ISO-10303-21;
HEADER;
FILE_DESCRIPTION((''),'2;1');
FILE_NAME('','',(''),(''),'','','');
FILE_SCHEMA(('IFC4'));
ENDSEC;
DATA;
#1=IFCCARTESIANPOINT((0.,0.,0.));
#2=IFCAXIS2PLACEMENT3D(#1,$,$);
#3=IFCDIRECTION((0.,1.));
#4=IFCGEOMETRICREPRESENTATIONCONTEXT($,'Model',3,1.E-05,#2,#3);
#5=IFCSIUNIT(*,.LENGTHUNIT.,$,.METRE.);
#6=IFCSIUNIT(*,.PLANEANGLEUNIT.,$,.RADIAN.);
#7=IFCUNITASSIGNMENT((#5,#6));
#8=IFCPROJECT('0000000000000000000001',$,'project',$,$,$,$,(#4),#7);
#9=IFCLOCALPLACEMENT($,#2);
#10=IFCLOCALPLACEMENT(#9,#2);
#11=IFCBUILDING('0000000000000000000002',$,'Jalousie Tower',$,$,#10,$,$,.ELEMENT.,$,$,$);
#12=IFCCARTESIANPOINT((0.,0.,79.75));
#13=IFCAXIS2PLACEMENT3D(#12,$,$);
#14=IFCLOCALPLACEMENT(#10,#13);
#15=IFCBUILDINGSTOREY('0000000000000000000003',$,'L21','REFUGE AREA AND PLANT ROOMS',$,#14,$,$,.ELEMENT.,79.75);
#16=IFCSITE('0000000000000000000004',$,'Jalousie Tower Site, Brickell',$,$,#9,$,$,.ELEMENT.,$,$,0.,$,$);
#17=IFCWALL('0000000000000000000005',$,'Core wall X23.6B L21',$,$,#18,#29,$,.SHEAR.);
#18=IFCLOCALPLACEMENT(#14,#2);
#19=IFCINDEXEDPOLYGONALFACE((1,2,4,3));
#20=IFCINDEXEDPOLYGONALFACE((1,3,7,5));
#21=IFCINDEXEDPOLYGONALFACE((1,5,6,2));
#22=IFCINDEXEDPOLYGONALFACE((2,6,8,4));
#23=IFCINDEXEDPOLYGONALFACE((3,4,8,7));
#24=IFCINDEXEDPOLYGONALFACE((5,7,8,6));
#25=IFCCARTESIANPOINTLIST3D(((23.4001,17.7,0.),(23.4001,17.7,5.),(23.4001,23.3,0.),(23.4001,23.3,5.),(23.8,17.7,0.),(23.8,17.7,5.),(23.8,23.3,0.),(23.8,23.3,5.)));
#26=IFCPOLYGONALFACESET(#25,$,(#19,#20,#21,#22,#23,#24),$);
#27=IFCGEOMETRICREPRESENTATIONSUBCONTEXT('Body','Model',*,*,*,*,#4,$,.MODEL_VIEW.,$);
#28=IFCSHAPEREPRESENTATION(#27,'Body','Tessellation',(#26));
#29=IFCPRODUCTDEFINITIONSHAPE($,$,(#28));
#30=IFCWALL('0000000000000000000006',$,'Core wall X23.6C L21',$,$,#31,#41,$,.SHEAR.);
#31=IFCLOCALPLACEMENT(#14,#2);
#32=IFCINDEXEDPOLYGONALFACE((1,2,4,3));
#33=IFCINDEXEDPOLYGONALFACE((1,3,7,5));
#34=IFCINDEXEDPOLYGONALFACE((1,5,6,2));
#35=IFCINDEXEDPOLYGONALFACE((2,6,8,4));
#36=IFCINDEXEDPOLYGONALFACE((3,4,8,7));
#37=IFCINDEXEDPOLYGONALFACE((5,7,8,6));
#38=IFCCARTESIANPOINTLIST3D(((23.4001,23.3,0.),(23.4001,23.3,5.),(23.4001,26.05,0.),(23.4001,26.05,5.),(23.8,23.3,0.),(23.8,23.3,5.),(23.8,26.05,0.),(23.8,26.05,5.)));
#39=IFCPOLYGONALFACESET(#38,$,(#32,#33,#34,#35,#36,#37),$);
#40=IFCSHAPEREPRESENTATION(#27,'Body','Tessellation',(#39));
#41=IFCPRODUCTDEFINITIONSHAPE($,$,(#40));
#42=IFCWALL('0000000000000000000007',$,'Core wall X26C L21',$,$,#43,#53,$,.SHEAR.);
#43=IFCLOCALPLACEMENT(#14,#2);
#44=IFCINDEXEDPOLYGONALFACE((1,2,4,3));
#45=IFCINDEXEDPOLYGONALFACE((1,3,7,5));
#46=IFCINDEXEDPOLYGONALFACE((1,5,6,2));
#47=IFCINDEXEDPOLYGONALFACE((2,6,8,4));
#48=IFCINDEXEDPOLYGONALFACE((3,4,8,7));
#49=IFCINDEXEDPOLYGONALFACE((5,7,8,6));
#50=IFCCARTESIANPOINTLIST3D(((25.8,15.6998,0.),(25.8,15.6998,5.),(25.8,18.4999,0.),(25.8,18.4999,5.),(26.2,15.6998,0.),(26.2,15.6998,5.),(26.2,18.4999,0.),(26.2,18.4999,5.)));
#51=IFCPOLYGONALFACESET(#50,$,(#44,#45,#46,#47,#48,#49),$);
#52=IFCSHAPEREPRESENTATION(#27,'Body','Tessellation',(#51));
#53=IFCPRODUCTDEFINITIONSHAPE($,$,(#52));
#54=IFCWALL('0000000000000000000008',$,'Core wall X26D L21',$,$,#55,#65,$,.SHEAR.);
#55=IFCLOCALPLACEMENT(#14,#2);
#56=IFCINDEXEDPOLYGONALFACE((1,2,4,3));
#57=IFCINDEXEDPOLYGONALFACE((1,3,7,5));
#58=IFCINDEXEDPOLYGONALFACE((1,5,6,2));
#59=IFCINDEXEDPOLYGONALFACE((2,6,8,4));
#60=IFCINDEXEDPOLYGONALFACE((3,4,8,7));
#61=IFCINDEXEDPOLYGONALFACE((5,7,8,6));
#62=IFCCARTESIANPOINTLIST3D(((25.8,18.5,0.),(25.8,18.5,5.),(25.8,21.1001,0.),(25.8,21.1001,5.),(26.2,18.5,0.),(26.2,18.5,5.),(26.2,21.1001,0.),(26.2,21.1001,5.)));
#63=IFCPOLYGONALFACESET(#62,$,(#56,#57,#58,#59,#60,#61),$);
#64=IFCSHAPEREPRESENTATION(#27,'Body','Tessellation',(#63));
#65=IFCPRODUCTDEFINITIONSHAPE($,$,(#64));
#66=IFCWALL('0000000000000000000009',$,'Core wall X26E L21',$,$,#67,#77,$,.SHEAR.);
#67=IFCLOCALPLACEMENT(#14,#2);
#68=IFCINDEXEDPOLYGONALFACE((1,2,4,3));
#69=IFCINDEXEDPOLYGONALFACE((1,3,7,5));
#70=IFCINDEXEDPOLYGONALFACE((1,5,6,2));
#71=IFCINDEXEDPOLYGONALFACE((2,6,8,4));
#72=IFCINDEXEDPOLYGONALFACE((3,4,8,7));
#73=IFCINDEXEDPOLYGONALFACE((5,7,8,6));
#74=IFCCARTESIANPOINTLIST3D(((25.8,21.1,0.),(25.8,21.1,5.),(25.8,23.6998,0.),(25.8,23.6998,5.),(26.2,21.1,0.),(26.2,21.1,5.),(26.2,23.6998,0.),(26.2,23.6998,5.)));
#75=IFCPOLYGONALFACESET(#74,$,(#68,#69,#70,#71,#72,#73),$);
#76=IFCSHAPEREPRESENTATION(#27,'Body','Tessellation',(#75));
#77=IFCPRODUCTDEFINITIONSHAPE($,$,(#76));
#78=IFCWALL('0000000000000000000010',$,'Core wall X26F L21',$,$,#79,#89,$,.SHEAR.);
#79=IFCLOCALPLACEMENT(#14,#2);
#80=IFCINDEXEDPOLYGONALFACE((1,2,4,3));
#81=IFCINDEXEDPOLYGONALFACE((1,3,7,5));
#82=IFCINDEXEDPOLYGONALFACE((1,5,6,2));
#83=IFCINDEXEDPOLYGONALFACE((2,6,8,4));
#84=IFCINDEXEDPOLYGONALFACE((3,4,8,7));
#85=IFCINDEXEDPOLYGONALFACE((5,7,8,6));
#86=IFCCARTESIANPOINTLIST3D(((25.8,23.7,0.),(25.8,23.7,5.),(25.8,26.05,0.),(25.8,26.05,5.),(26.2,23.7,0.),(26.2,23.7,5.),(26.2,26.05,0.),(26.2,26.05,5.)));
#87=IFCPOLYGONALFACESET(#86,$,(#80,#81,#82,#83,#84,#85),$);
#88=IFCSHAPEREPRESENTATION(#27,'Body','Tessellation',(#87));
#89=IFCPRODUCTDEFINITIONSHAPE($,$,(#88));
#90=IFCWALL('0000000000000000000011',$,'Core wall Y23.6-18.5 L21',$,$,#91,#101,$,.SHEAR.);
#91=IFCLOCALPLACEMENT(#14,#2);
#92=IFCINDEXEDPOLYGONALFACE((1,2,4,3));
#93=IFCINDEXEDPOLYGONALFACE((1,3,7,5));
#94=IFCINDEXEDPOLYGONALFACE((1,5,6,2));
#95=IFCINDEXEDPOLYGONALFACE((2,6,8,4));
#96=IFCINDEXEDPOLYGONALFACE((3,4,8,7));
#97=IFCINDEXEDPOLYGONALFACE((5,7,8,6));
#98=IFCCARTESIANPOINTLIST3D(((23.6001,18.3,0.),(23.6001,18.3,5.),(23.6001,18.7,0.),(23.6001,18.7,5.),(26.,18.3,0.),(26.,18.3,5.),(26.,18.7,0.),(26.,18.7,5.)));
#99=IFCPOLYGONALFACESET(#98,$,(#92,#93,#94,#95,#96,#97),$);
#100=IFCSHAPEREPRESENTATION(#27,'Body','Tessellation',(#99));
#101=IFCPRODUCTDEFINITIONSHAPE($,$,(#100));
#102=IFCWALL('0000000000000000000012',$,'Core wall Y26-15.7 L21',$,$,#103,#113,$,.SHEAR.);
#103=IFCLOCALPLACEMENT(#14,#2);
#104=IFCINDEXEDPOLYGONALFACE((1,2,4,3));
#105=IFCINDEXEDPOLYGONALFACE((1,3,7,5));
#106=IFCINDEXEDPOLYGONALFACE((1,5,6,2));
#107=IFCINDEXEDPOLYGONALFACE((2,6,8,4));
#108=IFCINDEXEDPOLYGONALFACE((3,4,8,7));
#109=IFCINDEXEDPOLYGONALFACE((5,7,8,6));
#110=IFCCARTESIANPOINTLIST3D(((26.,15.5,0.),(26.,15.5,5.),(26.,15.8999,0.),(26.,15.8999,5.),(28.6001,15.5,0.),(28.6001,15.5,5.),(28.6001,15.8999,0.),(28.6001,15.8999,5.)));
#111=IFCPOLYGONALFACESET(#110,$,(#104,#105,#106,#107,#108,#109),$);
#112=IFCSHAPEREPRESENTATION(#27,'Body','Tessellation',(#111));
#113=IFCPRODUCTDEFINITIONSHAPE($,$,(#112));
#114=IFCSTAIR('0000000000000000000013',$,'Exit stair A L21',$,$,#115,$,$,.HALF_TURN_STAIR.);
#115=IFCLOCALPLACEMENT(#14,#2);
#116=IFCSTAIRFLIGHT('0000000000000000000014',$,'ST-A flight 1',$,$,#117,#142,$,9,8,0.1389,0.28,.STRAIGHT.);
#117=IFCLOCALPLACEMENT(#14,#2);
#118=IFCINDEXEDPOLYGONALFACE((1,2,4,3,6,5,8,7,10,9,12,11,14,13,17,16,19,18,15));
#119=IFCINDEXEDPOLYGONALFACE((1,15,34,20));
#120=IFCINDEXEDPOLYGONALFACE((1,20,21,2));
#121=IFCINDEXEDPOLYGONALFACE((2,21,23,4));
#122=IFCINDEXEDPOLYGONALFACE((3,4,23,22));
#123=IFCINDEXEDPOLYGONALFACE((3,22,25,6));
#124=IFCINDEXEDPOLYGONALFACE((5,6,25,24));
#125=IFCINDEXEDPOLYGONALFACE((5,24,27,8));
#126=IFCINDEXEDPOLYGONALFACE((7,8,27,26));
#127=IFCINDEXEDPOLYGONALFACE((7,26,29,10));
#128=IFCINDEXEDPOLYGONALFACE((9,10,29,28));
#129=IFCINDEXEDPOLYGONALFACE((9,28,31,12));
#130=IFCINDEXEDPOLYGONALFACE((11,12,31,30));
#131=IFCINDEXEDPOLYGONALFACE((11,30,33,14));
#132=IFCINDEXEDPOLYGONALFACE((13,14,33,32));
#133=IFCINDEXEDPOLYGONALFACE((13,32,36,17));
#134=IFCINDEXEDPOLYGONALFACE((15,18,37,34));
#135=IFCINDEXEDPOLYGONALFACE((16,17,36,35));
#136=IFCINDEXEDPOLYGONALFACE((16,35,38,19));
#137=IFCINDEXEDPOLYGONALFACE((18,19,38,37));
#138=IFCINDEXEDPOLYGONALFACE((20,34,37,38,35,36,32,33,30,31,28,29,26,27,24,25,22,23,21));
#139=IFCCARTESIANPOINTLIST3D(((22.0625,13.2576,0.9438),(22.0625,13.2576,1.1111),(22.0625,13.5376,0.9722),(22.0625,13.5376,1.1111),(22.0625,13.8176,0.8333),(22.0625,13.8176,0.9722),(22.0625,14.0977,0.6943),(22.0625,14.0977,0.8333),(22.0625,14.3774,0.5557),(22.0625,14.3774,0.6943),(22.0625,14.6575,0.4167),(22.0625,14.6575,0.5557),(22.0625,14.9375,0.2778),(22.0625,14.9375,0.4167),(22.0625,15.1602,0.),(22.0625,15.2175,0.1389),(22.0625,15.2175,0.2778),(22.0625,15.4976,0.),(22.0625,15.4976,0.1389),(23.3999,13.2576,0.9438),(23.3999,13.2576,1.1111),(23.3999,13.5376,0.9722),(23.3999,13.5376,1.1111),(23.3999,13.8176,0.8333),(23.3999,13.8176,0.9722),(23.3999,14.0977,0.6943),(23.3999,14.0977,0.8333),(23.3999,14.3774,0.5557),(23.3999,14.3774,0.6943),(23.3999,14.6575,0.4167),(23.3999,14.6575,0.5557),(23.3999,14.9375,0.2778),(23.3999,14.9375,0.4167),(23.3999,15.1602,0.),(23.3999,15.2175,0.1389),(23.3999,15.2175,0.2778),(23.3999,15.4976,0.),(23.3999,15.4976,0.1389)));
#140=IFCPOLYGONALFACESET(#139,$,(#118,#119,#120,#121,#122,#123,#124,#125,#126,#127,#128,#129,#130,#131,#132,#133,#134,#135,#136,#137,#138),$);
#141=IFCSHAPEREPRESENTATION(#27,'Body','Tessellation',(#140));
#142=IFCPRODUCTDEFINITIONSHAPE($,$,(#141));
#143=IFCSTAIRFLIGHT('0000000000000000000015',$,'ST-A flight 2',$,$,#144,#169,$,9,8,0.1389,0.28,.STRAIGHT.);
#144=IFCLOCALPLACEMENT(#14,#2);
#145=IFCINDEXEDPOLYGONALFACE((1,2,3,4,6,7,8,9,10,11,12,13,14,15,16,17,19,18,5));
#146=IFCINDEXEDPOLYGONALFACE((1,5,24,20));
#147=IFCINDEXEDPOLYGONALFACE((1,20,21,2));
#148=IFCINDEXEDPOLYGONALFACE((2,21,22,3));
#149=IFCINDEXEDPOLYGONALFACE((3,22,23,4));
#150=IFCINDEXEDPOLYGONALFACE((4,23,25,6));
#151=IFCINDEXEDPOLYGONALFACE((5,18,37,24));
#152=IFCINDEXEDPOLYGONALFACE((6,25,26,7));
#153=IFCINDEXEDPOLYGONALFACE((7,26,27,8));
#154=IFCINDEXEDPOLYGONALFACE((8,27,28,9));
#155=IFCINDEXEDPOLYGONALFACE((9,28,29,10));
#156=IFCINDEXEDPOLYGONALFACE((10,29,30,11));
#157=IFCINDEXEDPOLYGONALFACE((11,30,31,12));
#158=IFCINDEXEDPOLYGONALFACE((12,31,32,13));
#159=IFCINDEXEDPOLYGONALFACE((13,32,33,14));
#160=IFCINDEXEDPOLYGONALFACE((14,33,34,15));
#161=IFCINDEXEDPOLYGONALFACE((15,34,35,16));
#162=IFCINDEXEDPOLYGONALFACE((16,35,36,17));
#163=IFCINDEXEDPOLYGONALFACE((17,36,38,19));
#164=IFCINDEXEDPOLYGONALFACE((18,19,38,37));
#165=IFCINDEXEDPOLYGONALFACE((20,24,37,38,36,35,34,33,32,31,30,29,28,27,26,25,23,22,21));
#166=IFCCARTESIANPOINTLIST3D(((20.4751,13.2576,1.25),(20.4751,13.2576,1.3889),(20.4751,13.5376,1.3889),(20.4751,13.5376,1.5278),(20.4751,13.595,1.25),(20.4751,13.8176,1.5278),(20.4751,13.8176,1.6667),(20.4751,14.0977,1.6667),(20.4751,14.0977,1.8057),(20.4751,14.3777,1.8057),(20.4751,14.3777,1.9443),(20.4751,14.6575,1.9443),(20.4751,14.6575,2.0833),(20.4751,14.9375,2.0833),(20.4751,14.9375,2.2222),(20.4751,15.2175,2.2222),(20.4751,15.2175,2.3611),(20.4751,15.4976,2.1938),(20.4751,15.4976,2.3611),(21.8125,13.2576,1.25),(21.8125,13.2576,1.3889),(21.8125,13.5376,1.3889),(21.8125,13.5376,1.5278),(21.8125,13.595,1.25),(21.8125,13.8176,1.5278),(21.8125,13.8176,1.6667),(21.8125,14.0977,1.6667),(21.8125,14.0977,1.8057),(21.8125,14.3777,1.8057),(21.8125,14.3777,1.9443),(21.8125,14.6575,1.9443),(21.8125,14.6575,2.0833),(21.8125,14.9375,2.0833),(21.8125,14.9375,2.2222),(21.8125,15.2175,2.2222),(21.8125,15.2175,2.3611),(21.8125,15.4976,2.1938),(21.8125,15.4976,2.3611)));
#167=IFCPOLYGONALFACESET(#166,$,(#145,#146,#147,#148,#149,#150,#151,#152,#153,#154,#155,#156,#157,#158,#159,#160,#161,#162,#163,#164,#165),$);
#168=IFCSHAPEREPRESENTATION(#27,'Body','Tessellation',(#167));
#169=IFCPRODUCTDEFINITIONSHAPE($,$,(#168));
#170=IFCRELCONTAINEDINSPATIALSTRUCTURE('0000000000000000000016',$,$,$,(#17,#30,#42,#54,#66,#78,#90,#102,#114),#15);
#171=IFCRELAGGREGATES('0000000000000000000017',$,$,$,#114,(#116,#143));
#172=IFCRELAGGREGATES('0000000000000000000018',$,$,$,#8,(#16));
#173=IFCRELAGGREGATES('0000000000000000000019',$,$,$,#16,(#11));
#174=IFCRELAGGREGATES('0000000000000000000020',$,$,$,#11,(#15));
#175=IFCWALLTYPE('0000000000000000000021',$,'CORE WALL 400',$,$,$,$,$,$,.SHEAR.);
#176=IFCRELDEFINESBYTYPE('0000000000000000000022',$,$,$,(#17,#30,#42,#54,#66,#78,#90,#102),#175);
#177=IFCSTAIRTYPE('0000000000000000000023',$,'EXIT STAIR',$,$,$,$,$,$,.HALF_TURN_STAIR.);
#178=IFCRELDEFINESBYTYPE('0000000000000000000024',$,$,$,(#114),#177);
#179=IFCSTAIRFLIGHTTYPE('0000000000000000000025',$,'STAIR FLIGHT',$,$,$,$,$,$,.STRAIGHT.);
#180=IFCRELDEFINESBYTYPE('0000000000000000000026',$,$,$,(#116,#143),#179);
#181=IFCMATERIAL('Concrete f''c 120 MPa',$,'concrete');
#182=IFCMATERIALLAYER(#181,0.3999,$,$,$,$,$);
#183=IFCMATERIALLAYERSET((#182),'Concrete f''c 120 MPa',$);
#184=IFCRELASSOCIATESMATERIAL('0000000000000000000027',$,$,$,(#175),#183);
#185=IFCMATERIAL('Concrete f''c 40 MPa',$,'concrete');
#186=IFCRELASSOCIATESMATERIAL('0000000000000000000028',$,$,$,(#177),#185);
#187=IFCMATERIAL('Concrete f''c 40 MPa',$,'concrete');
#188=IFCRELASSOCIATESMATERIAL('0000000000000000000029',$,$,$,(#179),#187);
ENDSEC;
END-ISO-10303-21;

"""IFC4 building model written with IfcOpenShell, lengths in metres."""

from ifc_helpers import new_model, si_unit, direction, frame, frame_2d, origin, place, context, subcontext, project, spatial, polyline, rectangle, outline, extrude, material, layer, layer_set, type_object, element, aggregate, save


model = new_model("IFC4")

# Units and contexts
model_context = context("Model", 3, precision=1e-05, world=origin(), true_north=direction((0.0, 1.0)))
body_context = subcontext(model_context, "Body", "Model", "MODEL_VIEW")
ifc_project = project(units=[si_unit("LENGTHUNIT", "METRE"), si_unit("PLANEANGLEUNIT", "RADIAN")], contexts=[model_context])

# Site, building, storey
site_placement = place(None, origin())
site = spatial("IfcSite", under=ifc_project, at=site_placement, Name="Jalousie Tower Site, Brickell", CompositionType="ELEMENT", RefElevation=0.0)
building_placement = place(site_placement, origin())
building = spatial("IfcBuilding", under=site, at=building_placement, Name="Jalousie Tower", CompositionType="ELEMENT")
storey_placement = place(building_placement, frame((0.0, 0.0, 79.75)))
storey = spatial("IfcBuildingStorey", under=building, at=storey_placement, Name="L21", Description="REFUGE AREA AND PLANT ROOMS", CompositionType="ELEMENT", Elevation=79.75)

# Walls
ifc_material_1 = material(Name="Concrete f'c 120 MPa", Category="concrete")
ifc_layer = layer(ifc_material_1, 0.3999)
ifc_layer_set = layer_set([ifc_layer], Name="Concrete f'c 120 MPa")
wall_type = type_object("IfcWallType", Name="CORE WALL 400", PredefinedType="SHEAR", material=ifc_layer_set)
wall_1_placement = place(storey_placement, frame((23.6001, 17.7, 0.0), z_axis=(0.0, 0.0, 1.0), x_axis=(0.0, 1.0, 0.0)))
element("IfcWall", 1, at=wall_1_placement, inside=storey, type_object=wall_type, Name="Core wall X23.6B L21", PredefinedType="SHEAR", context=body_context, shape_type="SweptSolid", body=[
    extrude(rectangle(XDim=5.6001, YDim=0.3999, at=frame_2d((2.8, 0.0))), origin(), (0.0, 0.0, 1.0), 5.0),
])
wall_2_placement = place(storey_placement, frame((23.6001, 23.3, 0.0), z_axis=(0.0, 0.0, 1.0), x_axis=(0.0, 1.0, 0.0)))
element("IfcWall", 2, at=wall_2_placement, inside=storey, type_object=wall_type, Name="Core wall X23.6C L21", PredefinedType="SHEAR", context=body_context, shape_type="SweptSolid", body=[
    extrude(rectangle(XDim=2.75, YDim=0.3999, at=frame_2d((1.375, 0.0))), origin(), (0.0, 0.0, 1.0), 5.0),
])
wall_3_placement = place(storey_placement, frame((26.0, 15.7, 0.0), z_axis=(0.0, 0.0, 1.0), x_axis=(0.0, 1.0, 0.0)))
element("IfcWall", 3, at=wall_3_placement, inside=storey, type_object=wall_type, Name="Core wall X26C L21", PredefinedType="SHEAR", context=body_context, shape_type="SweptSolid", body=[
    extrude(rectangle(XDim=2.8, YDim=0.3999, at=frame_2d((1.3999, 0.0))), origin(), (0.0, 0.0, 1.0), 5.0),
])
wall_4_placement = place(storey_placement, frame((26.0, 18.5, 0.0), z_axis=(0.0, 0.0, 1.0), x_axis=(0.0, 1.0, 0.0)))
element("IfcWall", 4, at=wall_4_placement, inside=storey, type_object=wall_type, Name="Core wall X26D L21", PredefinedType="SHEAR", context=body_context, shape_type="SweptSolid", body=[
    extrude(rectangle(XDim=2.6001, YDim=0.3999, at=frame_2d((1.3, 0.0))), origin(), (0.0, 0.0, 1.0), 5.0),
])
wall_5_placement = place(storey_placement, frame((26.0, 21.1001, 0.0), z_axis=(0.0, 0.0, 1.0), x_axis=(0.0, 1.0, 0.0)))
element("IfcWall", 5, at=wall_5_placement, inside=storey, type_object=wall_type, Name="Core wall X26E L21", PredefinedType="SHEAR", context=body_context, shape_type="SweptSolid", body=[
    extrude(rectangle(XDim=2.5999, YDim=0.3999, at=frame_2d((1.2998, 0.0))), origin(), (0.0, 0.0, 1.0), 5.0),
])
wall_6_placement = place(storey_placement, frame((26.0, 23.7, 0.0), z_axis=(0.0, 0.0, 1.0), x_axis=(0.0, 1.0, 0.0)))
element("IfcWall", 6, at=wall_6_placement, inside=storey, type_object=wall_type, Name="Core wall X26F L21", PredefinedType="SHEAR", context=body_context, shape_type="SweptSolid", body=[
    extrude(rectangle(XDim=2.3501, YDim=0.3999, at=frame_2d((1.175, 0.0))), origin(), (0.0, 0.0, 1.0), 5.0),
])
wall_7_placement = place(storey_placement, frame((23.6001, 18.5, 0.0), z_axis=(0.0, 0.0, 1.0), x_axis=(1.0, 0.0, 0.0)))
element("IfcWall", 7, at=wall_7_placement, inside=storey, type_object=wall_type, Name="Core wall Y23.6-18.5 L21", PredefinedType="SHEAR", context=body_context, shape_type="SweptSolid", body=[
    extrude(rectangle(XDim=2.3999, YDim=0.3999, at=frame_2d((1.2, 0.0))), origin(), (0.0, 0.0, 1.0), 5.0),
])
wall_8_placement = place(storey_placement, frame((26.0, 15.7, 0.0), z_axis=(0.0, 0.0, 1.0), x_axis=(1.0, 0.0, 0.0)))
element("IfcWall", 8, at=wall_8_placement, inside=storey, type_object=wall_type, Name="Core wall Y26-15.7 L21", PredefinedType="SHEAR", context=body_context, shape_type="SweptSolid", body=[
    extrude(rectangle(XDim=2.6001, YDim=0.3999, at=frame_2d((1.3, 0.0))), origin(), (0.0, 0.0, 1.0), 5.0),
])

# Stair, stair flights
ifc_material_2 = material(Name="Concrete f'c 40 MPa", Category="concrete")
stair_type = type_object("IfcStairType", Name="EXIT STAIR", PredefinedType="HALF_TURN_STAIR", material=ifc_material_2)
stair_placement = place(storey_placement, origin())
stair = element("IfcStair", 9, at=stair_placement, inside=storey, type_object=stair_type, Name="Exit stair A L21", PredefinedType="HALF_TURN_STAIR")
ifc_material_3 = material(Name="Concrete f'c 40 MPa", Category="concrete")
stair_flight_type = type_object("IfcStairFlightType", Name="STAIR FLIGHT", PredefinedType="STRAIGHT", material=ifc_material_3)
stair_flight_1_placement = place(storey_placement, frame((22.7312, 15.4976, 0.0), z_axis=(0.0, 0.0, 1.0), x_axis=(0.0, -1.0, 0.0)))
stair_flight_1 = element("IfcStairFlight", 10, at=stair_flight_1_placement, type_object=stair_flight_type, Name="ST-A flight 1", NumberOfRisers=9, NumberOfTreads=8, PredefinedType="STRAIGHT", RiserHeight=0.1389, TreadLength=0.28, context=body_context, shape_type="SweptSolid", body=[
    extrude(outline(polyline([(0.0, 0.0), (0.0, 0.1389), (0.28, 0.1389), (0.28, 0.2778), (0.5601, 0.2778), (0.5601, 0.4167), (0.8401, 0.4167), (0.8401, 0.5557), (1.1201, 0.5557), (1.1201, 0.6943), (1.3999, 0.6943), (1.3999, 0.8333), (1.6799, 0.8333), (1.6799, 0.9722), (1.96, 0.9722), (1.96, 1.1111), (2.24, 1.1111), (2.24, 1.25), (2.24, 0.9438), (0.3374, 0.0), (0.0, 0.0)])), frame((0.0, 0.6687, 0.0), z_axis=(0.0, -1.0, 0.0), x_axis=(1.0, 0.0, 0.0)), (0.0, 0.0, 1.0), 1.3374),
])
stair_flight_2_placement = place(storey_placement, frame((21.1438, 13.2576, 1.25), z_axis=(0.0, 0.0, 1.0), x_axis=(0.0, 1.0, 0.0)))
stair_flight_2 = element("IfcStairFlight", 11, at=stair_flight_2_placement, type_object=stair_flight_type, Name="ST-A flight 2", NumberOfRisers=9, NumberOfTreads=8, PredefinedType="STRAIGHT", RiserHeight=0.1389, TreadLength=0.28, context=body_context, shape_type="SweptSolid", body=[
    extrude(outline(polyline([(0.0, 0.0), (0.0, 0.1389), (0.28, 0.1389), (0.28, 0.2778), (0.5601, 0.2778), (0.5601, 0.4167), (0.8401, 0.4167), (0.8401, 0.5557), (1.1201, 0.5557), (1.1201, 0.6943), (1.3999, 0.6943), (1.3999, 0.8333), (1.6799, 0.8333), (1.6799, 0.9722), (1.96, 0.9722), (1.96, 1.1111), (2.24, 1.1111), (2.24, 1.25), (2.24, 0.9438), (0.3374, 0.0), (0.0, 0.0)])), frame((0.0, 0.6687, 0.0), z_axis=(0.0, -1.0, 0.0), x_axis=(1.0, 0.0, 0.0)), (0.0, 0.0, 1.0), 1.3374),
])
aggregate(stair, [stair_flight_1, stair_flight_2])

save(model, "model.ifc")
